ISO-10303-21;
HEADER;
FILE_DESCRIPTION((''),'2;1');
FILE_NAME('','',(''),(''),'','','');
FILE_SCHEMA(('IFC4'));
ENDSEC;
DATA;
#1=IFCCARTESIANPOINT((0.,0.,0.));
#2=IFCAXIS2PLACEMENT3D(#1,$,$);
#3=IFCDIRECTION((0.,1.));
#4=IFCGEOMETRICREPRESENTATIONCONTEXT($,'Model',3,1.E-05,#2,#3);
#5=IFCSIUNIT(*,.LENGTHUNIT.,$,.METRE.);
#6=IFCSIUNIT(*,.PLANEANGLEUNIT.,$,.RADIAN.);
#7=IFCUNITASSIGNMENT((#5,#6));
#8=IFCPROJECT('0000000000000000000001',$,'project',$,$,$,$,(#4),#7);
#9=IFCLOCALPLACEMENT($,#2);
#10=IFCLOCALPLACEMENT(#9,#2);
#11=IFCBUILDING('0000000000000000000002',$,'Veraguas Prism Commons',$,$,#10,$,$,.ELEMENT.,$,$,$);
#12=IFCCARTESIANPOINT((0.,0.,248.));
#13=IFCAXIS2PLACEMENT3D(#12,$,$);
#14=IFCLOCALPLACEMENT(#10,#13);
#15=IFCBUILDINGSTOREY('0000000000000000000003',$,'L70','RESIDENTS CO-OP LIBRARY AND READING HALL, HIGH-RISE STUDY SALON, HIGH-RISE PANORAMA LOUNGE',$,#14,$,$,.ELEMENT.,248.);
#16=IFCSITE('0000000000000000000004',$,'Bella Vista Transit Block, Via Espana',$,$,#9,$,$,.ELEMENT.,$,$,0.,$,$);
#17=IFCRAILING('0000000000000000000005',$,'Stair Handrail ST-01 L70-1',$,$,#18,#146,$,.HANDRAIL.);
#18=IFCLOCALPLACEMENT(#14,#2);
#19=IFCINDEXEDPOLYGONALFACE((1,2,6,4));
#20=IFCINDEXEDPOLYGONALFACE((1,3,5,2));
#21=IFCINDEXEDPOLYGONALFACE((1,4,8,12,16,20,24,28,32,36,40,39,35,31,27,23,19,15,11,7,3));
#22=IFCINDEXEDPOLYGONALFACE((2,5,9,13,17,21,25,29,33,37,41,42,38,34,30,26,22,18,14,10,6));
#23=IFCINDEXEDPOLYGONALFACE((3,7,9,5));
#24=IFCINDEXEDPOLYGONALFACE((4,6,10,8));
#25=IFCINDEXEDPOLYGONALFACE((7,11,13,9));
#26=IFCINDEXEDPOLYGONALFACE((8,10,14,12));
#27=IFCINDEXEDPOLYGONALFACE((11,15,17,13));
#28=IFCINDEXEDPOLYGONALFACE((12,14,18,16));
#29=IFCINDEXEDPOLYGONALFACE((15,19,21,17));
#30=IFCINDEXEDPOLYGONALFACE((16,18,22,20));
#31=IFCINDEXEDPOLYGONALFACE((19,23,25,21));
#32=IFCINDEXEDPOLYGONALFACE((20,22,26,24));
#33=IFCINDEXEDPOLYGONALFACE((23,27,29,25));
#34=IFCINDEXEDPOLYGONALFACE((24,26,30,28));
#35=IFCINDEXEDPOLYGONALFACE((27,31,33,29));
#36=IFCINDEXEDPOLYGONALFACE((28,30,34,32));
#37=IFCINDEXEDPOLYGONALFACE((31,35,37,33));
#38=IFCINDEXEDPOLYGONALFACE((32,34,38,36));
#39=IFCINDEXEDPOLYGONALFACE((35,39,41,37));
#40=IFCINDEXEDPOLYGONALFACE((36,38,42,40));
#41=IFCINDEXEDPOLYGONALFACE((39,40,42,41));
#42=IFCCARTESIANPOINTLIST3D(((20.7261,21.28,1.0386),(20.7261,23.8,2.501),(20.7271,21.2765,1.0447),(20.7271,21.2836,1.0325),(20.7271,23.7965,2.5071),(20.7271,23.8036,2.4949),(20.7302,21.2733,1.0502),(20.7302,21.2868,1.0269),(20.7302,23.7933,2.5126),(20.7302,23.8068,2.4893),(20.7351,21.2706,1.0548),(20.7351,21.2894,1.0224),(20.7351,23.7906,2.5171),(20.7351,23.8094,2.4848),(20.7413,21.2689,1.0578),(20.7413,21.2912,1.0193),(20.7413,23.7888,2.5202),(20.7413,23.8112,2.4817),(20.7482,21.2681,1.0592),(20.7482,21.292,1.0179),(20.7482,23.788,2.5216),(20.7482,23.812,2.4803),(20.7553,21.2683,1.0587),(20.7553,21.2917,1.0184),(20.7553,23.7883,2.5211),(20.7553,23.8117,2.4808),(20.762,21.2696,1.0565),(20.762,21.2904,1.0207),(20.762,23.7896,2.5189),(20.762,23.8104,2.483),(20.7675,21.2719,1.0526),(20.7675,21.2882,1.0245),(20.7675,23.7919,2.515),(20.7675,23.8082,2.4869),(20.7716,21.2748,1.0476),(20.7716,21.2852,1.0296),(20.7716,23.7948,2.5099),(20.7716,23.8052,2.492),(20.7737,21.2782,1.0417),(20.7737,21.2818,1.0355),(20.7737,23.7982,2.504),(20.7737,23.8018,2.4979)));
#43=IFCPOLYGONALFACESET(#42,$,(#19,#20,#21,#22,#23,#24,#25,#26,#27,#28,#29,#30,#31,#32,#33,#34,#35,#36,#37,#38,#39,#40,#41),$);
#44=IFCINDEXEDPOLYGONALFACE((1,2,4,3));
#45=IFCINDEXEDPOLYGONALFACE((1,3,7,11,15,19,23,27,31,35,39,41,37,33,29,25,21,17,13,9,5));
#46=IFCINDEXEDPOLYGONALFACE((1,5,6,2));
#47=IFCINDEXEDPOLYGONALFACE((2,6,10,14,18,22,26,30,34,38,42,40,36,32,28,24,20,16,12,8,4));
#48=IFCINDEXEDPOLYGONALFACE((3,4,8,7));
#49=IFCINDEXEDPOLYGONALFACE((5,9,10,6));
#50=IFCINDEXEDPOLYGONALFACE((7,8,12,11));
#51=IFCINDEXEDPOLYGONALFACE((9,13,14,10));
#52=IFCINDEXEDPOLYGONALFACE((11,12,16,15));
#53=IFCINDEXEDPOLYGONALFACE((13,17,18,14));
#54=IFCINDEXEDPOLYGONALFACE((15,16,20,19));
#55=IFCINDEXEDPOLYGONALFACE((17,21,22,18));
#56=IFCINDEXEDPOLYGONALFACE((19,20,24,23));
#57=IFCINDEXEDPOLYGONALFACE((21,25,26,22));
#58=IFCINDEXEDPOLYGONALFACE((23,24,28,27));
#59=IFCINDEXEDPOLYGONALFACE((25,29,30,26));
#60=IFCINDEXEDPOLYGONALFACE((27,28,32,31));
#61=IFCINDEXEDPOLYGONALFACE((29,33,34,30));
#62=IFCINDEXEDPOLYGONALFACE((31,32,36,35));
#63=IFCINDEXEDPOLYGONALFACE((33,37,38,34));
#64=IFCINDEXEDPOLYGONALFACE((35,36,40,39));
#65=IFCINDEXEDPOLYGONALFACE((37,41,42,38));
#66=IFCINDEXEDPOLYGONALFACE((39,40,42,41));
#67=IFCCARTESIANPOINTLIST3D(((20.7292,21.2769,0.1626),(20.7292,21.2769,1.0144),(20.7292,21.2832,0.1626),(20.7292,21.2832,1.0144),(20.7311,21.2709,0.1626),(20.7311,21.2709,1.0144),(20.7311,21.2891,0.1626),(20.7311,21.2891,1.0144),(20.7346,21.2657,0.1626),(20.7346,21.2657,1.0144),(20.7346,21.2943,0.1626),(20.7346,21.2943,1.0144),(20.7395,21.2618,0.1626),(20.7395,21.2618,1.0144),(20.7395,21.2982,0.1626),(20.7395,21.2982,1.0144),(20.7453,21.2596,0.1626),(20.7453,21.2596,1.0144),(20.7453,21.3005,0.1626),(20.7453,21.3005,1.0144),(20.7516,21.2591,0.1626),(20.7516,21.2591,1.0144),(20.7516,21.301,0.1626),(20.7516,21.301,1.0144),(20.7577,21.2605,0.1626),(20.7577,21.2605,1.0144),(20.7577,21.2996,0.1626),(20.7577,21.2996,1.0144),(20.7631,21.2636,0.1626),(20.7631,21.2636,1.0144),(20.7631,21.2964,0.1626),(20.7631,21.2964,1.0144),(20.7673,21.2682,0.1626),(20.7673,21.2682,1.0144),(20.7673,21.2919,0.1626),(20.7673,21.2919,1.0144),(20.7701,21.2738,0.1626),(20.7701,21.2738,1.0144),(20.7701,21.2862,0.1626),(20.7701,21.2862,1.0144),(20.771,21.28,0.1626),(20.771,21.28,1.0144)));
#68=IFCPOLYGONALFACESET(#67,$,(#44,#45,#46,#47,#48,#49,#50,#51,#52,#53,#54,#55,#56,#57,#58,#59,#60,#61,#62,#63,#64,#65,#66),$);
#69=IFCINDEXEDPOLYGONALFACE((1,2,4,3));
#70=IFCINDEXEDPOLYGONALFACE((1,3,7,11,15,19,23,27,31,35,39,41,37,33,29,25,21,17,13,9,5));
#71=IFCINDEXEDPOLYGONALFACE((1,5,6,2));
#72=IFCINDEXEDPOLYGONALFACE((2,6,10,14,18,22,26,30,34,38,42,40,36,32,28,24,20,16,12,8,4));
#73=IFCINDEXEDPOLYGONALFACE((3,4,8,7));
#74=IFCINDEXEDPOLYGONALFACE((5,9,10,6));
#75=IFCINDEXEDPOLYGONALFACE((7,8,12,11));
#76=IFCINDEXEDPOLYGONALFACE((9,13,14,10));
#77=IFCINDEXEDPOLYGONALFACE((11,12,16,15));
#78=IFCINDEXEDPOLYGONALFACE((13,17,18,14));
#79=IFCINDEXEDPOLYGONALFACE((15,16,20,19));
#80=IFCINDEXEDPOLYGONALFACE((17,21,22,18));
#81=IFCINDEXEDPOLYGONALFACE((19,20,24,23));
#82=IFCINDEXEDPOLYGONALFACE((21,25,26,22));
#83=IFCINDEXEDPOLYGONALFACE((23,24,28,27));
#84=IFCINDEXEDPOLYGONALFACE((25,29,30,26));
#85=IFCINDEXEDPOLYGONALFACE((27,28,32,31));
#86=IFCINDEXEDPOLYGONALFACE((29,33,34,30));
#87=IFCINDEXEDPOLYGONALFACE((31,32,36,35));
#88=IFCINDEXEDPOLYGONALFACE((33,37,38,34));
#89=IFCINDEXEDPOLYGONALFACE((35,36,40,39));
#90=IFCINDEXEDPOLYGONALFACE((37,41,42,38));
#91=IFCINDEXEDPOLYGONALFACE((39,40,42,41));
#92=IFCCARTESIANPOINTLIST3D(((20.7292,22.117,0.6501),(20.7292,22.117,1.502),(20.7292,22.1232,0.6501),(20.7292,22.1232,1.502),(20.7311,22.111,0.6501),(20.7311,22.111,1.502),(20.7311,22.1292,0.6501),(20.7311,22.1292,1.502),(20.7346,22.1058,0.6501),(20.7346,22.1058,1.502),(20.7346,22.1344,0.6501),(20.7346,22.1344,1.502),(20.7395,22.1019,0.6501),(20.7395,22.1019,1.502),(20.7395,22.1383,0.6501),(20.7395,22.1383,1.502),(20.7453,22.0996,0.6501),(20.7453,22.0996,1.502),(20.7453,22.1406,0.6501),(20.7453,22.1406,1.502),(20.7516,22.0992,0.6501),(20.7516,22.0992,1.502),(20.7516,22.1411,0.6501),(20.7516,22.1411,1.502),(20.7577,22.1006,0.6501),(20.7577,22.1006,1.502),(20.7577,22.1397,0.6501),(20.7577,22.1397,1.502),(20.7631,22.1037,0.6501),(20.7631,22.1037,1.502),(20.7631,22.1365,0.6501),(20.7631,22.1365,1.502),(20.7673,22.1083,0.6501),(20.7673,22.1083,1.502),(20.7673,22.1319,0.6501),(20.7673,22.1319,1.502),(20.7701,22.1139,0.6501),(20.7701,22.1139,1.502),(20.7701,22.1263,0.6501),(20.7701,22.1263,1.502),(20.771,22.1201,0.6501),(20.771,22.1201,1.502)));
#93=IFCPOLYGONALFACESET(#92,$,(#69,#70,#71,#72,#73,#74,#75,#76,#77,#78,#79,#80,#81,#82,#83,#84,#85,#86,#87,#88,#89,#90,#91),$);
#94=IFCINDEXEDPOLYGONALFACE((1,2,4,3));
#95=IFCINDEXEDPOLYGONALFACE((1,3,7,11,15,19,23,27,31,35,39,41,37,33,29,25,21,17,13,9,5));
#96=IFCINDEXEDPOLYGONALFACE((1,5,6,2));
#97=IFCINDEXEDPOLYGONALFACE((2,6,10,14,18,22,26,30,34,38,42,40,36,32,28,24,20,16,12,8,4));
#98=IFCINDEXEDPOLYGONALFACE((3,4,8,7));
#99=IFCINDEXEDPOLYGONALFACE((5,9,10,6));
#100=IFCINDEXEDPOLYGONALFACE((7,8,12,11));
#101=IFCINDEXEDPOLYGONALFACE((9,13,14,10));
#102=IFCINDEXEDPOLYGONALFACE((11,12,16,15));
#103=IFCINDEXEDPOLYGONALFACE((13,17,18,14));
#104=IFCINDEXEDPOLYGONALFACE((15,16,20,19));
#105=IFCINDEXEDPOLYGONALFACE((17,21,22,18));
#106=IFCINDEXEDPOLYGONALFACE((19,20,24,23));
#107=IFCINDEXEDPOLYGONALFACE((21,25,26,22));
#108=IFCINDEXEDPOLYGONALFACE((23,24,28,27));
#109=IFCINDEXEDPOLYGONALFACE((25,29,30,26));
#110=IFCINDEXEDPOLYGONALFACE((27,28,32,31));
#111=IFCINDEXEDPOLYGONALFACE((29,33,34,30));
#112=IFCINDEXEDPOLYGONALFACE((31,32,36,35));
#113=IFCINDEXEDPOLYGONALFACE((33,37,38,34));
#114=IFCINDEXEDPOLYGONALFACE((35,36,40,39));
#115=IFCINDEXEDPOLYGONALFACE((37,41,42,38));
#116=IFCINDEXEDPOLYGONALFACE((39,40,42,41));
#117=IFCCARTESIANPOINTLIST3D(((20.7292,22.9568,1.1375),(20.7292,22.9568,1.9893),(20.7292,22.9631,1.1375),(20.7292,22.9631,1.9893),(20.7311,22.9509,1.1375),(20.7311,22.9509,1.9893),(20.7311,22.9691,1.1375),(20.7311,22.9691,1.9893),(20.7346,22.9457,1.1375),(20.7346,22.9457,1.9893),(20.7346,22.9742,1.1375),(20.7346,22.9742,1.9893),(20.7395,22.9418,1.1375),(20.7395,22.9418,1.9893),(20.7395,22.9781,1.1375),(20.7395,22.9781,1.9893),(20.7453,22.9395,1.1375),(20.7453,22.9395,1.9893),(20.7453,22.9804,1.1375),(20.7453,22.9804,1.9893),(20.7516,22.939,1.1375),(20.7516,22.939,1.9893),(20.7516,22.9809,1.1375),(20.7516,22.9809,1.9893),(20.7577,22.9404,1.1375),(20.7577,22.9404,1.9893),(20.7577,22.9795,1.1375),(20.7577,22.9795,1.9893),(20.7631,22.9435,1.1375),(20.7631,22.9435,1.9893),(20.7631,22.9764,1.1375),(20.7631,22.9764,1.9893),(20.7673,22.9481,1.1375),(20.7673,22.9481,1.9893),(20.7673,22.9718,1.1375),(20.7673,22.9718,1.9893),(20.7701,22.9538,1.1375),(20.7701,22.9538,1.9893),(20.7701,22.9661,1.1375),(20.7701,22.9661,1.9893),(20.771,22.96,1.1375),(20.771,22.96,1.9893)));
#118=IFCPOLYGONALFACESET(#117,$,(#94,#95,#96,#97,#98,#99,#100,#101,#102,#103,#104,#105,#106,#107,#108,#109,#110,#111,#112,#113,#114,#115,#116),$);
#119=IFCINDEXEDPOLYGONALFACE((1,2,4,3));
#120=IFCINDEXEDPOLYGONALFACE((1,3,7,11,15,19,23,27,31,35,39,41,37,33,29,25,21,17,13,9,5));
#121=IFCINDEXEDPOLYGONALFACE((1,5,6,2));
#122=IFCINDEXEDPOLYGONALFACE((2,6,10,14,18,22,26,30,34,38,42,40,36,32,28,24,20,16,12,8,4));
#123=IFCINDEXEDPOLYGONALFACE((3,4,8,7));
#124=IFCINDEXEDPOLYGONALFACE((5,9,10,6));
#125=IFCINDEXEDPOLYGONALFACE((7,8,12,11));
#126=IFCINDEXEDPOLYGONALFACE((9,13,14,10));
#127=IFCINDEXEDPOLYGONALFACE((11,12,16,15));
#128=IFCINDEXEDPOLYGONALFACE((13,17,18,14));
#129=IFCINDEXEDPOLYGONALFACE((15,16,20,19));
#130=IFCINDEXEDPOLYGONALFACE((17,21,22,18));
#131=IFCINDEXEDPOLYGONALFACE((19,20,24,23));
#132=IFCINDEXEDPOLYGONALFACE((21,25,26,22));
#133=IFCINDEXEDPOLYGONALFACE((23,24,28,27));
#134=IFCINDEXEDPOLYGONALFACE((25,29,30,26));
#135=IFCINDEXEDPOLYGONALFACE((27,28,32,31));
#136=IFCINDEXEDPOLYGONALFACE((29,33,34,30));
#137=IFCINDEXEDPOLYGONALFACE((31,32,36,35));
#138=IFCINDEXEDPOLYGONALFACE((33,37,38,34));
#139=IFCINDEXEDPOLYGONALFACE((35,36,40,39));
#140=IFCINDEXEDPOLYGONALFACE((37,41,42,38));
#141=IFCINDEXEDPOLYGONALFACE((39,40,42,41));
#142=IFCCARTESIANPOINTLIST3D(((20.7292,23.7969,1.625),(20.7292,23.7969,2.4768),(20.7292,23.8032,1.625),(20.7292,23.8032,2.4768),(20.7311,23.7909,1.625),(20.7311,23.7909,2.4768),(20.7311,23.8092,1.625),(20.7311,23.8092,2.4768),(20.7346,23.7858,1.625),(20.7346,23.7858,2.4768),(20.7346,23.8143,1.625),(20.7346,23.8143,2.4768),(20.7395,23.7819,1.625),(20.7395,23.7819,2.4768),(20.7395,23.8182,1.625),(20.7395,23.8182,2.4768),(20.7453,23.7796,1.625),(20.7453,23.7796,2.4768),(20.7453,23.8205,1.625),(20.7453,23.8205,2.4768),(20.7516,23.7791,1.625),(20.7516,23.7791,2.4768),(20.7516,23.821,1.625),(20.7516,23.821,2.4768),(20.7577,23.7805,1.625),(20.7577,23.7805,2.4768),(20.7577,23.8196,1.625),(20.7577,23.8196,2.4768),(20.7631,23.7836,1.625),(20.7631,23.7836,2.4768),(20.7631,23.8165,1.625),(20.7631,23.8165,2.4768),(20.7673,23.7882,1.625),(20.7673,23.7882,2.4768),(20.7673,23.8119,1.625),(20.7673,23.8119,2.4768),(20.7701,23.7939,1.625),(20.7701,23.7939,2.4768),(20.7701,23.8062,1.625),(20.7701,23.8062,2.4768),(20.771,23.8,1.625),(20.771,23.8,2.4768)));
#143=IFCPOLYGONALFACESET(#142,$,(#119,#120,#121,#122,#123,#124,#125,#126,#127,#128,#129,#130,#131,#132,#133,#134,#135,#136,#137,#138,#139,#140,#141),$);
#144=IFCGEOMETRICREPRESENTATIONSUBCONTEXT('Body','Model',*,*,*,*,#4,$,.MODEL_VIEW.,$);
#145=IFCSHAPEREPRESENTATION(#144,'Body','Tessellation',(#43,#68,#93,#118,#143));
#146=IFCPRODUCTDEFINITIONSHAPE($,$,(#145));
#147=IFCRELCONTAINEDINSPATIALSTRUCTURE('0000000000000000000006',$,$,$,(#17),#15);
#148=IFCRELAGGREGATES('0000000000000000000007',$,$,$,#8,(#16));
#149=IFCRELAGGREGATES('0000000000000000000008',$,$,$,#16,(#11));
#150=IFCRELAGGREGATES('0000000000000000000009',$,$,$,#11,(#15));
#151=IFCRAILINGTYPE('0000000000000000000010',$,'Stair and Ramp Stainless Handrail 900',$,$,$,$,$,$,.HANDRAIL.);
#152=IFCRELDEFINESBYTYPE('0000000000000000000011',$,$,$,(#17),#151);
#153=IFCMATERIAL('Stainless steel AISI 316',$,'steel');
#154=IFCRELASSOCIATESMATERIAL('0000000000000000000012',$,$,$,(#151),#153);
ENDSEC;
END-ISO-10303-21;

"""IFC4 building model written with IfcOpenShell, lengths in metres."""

from ifc_helpers import new_model, si_unit, direction, frame, origin, origin_2d, place, context, subcontext, project, spatial, circle, extrude, material, type_object, element, save


model = new_model("IFC4")

# Units and contexts
model_context = context("Model", 3, precision=1e-05, world=origin(), true_north=direction((0.0, 1.0)))
body_context = subcontext(model_context, "Body", "Model", "MODEL_VIEW")
ifc_project = project(units=[si_unit("LENGTHUNIT", "METRE"), si_unit("PLANEANGLEUNIT", "RADIAN")], contexts=[model_context])

# Site, building, storey
site_placement = place(None, origin())
site = spatial("IfcSite", under=ifc_project, at=site_placement, Name="Bella Vista Transit Block, Via Espana", CompositionType="ELEMENT", RefElevation=0.0)
building_placement = place(site_placement, origin())
building = spatial("IfcBuilding", under=site, at=building_placement, Name="Veraguas Prism Commons", CompositionType="ELEMENT")
storey_placement = place(building_placement, frame((0.0, 0.0, 248.0)))
storey = spatial("IfcBuildingStorey", under=building, at=storey_placement, Name="L70", Description="RESIDENTS CO-OP LIBRARY AND READING HALL, HIGH-RISE STUDY SALON, HIGH-RISE PANORAMA LOUNGE", CompositionType="ELEMENT", Elevation=248.0)

# Shared definitions
ifc_material_1 = material(Name="Stainless steel AISI 316", Category="steel")

# Railing
railing_type_1 = type_object("IfcRailingType", Name="Stair and Ramp Stainless Handrail 900", PredefinedType="HANDRAIL", material=ifc_material_1)
railing_1_placement = place(storey_placement, frame((20.75, 21.28, 0.1626)))
element("IfcRailing", 1, at=railing_1_placement, inside=storey, type_object=railing_type_1, Name="Stair Handrail ST-01 L70-1", PredefinedType="HANDRAIL", context=body_context, shape_type="SweptSolid", body=[
    extrude(circle(Radius=0.0239, at=origin_2d()), frame((0.0, 0.0, 0.876), z_axis=(0.0, 0.864913, 0.501921), x_axis=(-1.0, 0.0, 0.0)), (0.0, 0.0, 1.0), 2.9136),
    extrude(circle(Radius=0.021, at=origin_2d()), origin(), (0.0, 0.0, 1.0), 0.8518),
    extrude(circle(Radius=0.021, at=origin_2d()), frame((0.0, 0.8401, 0.4875)), (0.0, 0.0, 1.0), 0.8518),
    extrude(circle(Radius=0.021, at=origin_2d()), frame((0.0, 1.6799, 0.9749)), (0.0, 0.0, 1.0), 0.8518),
    extrude(circle(Radius=0.021, at=origin_2d()), frame((0.0, 2.52, 1.4624)), (0.0, 0.0, 1.0), 0.8518),
])

save(model, "model.ifc")
